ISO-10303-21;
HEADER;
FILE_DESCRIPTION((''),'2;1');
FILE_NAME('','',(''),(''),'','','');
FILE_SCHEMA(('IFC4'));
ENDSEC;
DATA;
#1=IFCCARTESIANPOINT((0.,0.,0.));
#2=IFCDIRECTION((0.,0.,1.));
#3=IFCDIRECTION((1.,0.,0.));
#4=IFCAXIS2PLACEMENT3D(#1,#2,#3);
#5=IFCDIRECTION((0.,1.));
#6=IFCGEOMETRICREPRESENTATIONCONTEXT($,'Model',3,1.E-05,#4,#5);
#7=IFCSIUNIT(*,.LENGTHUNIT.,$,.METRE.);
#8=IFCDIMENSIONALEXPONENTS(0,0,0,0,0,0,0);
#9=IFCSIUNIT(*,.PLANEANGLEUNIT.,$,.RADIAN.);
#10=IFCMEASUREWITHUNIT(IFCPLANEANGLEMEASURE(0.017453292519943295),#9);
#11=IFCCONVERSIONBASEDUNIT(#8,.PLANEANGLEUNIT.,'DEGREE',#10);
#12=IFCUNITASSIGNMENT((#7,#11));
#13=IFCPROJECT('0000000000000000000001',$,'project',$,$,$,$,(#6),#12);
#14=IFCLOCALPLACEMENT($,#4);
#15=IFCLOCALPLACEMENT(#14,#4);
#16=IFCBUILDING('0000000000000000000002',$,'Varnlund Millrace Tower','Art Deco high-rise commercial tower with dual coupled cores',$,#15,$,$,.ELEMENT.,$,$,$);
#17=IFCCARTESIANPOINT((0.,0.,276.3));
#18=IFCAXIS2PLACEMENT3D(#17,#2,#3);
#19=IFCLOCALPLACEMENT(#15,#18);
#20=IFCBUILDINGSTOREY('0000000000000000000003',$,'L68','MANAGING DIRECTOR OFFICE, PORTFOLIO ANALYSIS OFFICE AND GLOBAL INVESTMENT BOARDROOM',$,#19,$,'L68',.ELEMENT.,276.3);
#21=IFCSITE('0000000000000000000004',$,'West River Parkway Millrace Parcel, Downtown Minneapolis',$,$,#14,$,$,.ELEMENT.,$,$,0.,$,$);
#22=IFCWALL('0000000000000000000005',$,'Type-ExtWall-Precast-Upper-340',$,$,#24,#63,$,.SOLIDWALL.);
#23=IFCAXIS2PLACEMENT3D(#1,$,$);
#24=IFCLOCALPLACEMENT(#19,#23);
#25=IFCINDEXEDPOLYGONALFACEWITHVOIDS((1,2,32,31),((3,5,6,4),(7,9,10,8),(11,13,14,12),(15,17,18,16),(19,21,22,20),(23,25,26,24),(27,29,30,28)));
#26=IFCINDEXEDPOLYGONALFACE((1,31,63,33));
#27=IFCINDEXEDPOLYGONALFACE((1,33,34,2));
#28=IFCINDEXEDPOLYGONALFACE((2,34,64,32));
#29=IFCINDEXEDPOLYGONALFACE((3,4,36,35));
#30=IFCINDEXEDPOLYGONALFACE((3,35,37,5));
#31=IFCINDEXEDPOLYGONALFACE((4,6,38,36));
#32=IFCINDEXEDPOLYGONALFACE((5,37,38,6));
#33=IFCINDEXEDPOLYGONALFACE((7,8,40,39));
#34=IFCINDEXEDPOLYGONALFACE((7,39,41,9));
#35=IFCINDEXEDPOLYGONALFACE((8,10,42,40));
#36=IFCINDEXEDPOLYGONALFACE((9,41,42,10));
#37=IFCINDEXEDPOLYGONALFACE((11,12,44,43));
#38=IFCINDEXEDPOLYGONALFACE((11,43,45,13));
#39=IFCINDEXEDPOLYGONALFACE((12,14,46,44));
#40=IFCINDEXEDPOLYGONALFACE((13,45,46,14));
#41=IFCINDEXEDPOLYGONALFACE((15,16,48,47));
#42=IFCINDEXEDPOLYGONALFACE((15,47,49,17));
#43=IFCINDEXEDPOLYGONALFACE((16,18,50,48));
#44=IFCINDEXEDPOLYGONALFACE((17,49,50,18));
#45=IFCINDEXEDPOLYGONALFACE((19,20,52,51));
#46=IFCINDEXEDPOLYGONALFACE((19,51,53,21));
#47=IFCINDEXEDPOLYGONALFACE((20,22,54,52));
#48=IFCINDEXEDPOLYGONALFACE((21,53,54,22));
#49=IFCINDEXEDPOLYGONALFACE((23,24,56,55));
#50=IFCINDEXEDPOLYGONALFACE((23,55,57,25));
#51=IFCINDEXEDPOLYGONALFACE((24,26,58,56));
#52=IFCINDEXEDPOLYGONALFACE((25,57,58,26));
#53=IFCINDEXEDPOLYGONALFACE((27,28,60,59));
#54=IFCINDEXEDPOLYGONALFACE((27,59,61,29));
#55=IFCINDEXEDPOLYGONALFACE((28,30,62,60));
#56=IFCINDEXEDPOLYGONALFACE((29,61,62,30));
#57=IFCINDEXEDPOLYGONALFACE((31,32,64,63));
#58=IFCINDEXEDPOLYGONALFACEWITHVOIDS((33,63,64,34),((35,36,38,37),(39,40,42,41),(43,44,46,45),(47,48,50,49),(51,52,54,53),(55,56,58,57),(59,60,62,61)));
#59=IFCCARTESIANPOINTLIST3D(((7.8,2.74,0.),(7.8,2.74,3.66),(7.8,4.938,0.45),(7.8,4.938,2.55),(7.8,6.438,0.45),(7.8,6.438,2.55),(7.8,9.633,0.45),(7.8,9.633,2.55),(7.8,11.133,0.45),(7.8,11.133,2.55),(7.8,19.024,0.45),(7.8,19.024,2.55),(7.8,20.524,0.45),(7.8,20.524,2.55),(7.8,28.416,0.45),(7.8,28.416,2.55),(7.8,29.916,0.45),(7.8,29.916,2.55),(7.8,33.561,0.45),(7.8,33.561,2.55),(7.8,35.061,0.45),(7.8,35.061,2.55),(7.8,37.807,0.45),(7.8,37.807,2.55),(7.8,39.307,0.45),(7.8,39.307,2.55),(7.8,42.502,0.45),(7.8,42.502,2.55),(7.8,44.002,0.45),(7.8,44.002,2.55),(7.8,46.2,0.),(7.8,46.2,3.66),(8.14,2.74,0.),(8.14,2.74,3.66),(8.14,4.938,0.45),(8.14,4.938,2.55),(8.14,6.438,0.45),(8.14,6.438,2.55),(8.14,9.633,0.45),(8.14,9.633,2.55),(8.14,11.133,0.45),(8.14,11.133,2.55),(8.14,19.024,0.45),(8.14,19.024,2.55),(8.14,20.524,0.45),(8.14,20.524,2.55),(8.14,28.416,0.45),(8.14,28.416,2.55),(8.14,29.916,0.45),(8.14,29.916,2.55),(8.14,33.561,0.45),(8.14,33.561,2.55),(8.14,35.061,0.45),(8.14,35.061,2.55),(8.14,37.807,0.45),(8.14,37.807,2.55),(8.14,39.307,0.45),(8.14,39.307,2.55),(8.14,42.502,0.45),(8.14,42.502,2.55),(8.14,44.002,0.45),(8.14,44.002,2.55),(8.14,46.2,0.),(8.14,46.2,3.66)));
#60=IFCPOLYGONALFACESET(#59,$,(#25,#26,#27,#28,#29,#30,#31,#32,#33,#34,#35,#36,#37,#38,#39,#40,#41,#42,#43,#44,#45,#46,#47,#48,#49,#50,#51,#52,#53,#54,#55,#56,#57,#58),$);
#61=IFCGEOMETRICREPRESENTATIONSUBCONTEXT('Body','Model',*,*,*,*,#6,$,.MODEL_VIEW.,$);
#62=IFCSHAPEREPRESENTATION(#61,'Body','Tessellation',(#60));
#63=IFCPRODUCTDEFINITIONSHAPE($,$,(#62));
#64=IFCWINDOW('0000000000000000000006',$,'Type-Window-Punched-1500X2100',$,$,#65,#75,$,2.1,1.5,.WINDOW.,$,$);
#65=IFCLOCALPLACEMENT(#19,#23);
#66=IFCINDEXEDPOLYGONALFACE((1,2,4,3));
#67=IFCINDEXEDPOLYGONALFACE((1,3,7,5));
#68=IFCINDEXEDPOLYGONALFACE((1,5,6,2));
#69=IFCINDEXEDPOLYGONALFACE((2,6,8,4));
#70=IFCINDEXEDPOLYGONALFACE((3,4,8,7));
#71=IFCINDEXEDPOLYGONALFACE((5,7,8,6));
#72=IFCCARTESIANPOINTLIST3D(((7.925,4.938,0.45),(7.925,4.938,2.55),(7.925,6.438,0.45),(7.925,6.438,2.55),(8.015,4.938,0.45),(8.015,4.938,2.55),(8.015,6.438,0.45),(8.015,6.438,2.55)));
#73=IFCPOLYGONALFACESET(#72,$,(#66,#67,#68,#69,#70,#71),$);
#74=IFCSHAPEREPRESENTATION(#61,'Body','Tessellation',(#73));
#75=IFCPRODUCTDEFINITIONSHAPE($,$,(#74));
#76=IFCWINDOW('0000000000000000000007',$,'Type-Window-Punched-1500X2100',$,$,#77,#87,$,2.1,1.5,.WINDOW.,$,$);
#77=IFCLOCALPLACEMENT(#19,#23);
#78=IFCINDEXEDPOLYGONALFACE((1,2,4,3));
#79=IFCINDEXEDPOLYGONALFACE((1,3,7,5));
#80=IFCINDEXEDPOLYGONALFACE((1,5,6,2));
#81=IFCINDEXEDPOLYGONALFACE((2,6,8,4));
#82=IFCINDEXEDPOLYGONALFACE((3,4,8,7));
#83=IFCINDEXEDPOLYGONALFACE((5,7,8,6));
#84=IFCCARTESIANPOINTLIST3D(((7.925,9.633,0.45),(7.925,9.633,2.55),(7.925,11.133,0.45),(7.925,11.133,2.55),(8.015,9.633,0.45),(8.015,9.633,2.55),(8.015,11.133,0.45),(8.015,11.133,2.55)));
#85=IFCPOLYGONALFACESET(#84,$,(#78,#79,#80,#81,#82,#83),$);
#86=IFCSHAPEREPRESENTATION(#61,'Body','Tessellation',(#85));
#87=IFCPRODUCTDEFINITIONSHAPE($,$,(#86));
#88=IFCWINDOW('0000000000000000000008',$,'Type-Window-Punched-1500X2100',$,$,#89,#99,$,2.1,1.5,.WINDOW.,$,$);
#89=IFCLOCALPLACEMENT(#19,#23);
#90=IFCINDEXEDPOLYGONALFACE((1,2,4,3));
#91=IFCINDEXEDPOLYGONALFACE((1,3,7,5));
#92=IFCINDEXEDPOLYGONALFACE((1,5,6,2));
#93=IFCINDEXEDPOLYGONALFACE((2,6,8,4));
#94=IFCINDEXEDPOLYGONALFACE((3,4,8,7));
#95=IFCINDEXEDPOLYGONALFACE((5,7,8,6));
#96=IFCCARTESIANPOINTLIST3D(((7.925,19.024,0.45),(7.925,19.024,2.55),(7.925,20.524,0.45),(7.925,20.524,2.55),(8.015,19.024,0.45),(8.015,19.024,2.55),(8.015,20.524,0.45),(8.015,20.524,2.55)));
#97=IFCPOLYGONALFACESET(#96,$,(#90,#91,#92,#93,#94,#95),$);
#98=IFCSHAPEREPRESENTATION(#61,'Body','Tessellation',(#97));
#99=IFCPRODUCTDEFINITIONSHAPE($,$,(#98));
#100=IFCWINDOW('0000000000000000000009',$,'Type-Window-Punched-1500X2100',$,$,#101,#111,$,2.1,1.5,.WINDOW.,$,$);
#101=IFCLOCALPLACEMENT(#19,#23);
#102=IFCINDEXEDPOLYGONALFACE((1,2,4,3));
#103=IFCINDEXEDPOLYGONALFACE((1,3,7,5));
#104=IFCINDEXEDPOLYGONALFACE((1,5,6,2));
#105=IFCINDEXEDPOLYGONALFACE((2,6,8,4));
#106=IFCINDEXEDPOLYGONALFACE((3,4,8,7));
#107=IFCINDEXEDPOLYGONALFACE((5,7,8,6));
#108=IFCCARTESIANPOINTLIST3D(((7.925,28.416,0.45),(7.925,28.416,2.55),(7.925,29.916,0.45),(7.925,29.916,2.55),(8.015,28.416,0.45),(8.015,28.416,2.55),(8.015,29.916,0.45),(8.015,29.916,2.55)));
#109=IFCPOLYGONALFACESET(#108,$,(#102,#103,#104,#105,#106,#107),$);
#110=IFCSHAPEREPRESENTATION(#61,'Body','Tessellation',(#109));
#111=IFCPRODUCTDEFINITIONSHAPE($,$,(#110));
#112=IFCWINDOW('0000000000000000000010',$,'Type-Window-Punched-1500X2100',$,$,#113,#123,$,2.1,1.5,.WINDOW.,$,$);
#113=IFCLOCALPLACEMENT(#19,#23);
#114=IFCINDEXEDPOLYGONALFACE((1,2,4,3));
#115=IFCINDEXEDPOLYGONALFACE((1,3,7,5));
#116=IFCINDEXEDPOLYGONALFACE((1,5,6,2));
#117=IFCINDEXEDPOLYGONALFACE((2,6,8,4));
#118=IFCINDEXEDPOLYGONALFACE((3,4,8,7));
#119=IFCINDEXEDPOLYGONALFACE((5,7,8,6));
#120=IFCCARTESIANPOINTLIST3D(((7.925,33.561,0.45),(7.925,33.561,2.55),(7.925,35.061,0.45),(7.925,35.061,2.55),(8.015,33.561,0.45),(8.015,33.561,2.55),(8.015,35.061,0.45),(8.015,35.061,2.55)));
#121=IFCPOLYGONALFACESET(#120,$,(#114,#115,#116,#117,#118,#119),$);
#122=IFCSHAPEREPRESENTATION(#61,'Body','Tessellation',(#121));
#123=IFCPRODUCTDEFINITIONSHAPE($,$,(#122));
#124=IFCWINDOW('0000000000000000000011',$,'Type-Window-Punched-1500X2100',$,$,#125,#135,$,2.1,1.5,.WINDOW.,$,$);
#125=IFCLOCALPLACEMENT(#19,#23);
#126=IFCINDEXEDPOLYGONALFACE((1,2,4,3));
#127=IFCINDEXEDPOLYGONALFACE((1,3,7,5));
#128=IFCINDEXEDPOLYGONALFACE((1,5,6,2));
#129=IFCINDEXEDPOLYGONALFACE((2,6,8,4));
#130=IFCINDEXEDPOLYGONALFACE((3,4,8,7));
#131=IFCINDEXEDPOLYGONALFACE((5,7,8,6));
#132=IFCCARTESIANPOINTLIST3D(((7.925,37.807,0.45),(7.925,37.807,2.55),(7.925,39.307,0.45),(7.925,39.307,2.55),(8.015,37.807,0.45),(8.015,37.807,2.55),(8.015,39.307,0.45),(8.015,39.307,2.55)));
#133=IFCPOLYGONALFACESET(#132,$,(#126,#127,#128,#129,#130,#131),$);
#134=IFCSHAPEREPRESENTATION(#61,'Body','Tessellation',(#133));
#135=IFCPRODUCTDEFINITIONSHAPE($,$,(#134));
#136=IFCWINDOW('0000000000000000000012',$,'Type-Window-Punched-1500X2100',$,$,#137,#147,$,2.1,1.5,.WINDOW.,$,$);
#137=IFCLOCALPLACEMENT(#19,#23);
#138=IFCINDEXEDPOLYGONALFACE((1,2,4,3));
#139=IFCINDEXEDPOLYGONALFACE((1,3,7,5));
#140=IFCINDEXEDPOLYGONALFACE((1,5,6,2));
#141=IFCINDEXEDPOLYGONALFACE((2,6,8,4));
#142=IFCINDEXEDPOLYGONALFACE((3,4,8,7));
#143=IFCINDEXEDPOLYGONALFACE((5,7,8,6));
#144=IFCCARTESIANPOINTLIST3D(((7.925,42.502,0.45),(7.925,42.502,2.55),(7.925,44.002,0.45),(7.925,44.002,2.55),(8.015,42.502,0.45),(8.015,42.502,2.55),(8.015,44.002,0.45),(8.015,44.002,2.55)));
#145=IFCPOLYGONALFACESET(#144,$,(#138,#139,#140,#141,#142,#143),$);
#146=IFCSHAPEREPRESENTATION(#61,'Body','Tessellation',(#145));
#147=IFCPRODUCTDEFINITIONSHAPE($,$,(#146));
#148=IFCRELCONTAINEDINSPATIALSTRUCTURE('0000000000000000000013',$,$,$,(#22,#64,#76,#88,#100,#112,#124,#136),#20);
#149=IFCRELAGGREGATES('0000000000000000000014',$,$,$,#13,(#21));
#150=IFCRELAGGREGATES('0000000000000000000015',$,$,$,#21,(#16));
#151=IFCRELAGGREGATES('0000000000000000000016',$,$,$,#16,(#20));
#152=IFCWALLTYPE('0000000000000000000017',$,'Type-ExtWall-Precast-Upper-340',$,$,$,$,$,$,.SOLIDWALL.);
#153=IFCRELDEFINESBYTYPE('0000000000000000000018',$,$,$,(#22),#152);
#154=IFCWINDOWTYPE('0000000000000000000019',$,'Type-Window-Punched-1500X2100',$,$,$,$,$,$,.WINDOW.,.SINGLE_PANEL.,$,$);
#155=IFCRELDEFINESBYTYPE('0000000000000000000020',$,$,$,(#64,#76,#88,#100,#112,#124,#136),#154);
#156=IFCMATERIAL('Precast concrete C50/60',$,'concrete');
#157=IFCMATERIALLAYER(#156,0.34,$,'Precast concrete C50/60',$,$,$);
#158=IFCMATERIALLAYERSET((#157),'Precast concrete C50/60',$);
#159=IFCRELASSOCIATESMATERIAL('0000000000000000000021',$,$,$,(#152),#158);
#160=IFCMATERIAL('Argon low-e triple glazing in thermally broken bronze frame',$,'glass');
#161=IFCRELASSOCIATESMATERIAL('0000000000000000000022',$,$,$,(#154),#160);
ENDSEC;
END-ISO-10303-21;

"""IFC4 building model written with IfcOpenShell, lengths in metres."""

from ifc_helpers import new_model, entity, si_unit, converted_unit, direction, frame, origin_with_axes, origin_2d_with_axis, place, context, subcontext, project, spatial, polyline, rectangle, outline, extrude, material, layer, layer_set, type_object, element, fill, save


model = new_model("IFC4")

# Units and contexts
model_context = context("Model", 3, precision=1e-05, world=origin_with_axes(), true_north=direction((0.0, 1.0)))
body_context = subcontext(model_context, "Body", "Model", "MODEL_VIEW")
ifc_project = project(units=[si_unit("LENGTHUNIT", "METRE"), converted_unit("PLANEANGLEUNIT", "DEGREE", entity("IfcPlaneAngleMeasure", 0.017453292519943295), si_unit("PLANEANGLEUNIT", "RADIAN"), dimensions=[0, 0, 0, 0, 0, 0, 0])], contexts=[model_context])

# Site, building, storey
site_placement = place(None, origin_with_axes())
site = spatial("IfcSite", under=ifc_project, at=site_placement, Name="West River Parkway Millrace Parcel, Downtown Minneapolis", CompositionType="ELEMENT", RefElevation=0.0)
building_placement = place(site_placement, origin_with_axes())
building = spatial("IfcBuilding", under=site, at=building_placement, Name="Varnlund Millrace Tower", Description="Art Deco high-rise commercial tower with dual coupled cores", CompositionType="ELEMENT")
storey_placement = place(building_placement, frame((0.0, 0.0, 276.3), z_axis=(0.0, 0.0, 1.0), x_axis=(1.0, 0.0, 0.0)))
storey = spatial("IfcBuildingStorey", under=building, at=storey_placement, Name="L68", Description="MANAGING DIRECTOR OFFICE, PORTFOLIO ANALYSIS OFFICE AND GLOBAL INVESTMENT BOARDROOM", LongName="L68", CompositionType="ELEMENT", Elevation=276.3)

# Shared definitions
ifc_material_1 = material(Name="Precast concrete C50/60", Category="concrete")
ifc_layer_1 = layer(ifc_material_1, 0.34, Name="Precast concrete C50/60")
ifc_layer_set_1 = layer_set([ifc_layer_1], Name="Precast concrete C50/60")
wall_type_1 = type_object("IfcWallType", Name="Type-ExtWall-Precast-Upper-340", PredefinedType="SOLIDWALL", material=ifc_layer_set_1)

# Wall, openings, windows
wall_1_placement = place(storey_placement, frame((7.97, 2.74, 0.0), z_axis=(0.0, 0.0, 1.0), x_axis=(0.0, 1.0, 0.0)))
wall_1 = element("IfcWall", 1, at=wall_1_placement, inside=storey, type_object=wall_type_1, Name="Type-ExtWall-Precast-Upper-340", PredefinedType="SOLIDWALL", context=body_context, shape_type="SweptSolid", body=[
    extrude(outline(polyline([(0.0, -0.17), (43.46, -0.17), (43.46, 0.17), (0.0, 0.17), (0.0, -0.17)])), origin_with_axes(), (0.0, 0.0, 1.0), 3.66),
])
opening_1_placement = place(wall_1_placement, frame((2.948, 0.0, 0.45), z_axis=(0.0, 0.0, 1.0), x_axis=(1.0, 0.0, 0.0)))
opening_1 = element("IfcOpeningElement", 2, at=opening_1_placement, cuts=wall_1, PredefinedType="OPENING", context=body_context, shape_type="SweptSolid", body=[
    extrude(rectangle(XDim=1.5, YDim=0.36, at=origin_2d_with_axis()), origin_with_axes(), (0.0, 0.0, 1.0), 2.1),
])
opening_2_placement = place(wall_1_placement, frame((7.643, 0.0, 0.45), z_axis=(0.0, 0.0, 1.0), x_axis=(1.0, 0.0, 0.0)))
opening_2 = element("IfcOpeningElement", 3, at=opening_2_placement, cuts=wall_1, PredefinedType="OPENING", context=body_context, shape_type="SweptSolid", body=[
    extrude(rectangle(XDim=1.5, YDim=0.36, at=origin_2d_with_axis()), origin_with_axes(), (0.0, 0.0, 1.0), 2.1),
])
opening_3_placement = place(wall_1_placement, frame((17.034, 0.0, 0.45), z_axis=(0.0, 0.0, 1.0), x_axis=(1.0, 0.0, 0.0)))
opening_3 = element("IfcOpeningElement", 4, at=opening_3_placement, cuts=wall_1, PredefinedType="OPENING", context=body_context, shape_type="SweptSolid", body=[
    extrude(rectangle(XDim=1.5, YDim=0.36, at=origin_2d_with_axis()), origin_with_axes(), (0.0, 0.0, 1.0), 2.1),
])
opening_4_placement = place(wall_1_placement, frame((26.426, 0.0, 0.45), z_axis=(0.0, 0.0, 1.0), x_axis=(1.0, 0.0, 0.0)))
opening_4 = element("IfcOpeningElement", 5, at=opening_4_placement, cuts=wall_1, PredefinedType="OPENING", context=body_context, shape_type="SweptSolid", body=[
    extrude(rectangle(XDim=1.5, YDim=0.36, at=origin_2d_with_axis()), origin_with_axes(), (0.0, 0.0, 1.0), 2.1),
])
opening_5_placement = place(wall_1_placement, frame((31.571, 0.0, 0.45), z_axis=(0.0, 0.0, 1.0), x_axis=(1.0, 0.0, 0.0)))
opening_5 = element("IfcOpeningElement", 6, at=opening_5_placement, cuts=wall_1, PredefinedType="OPENING", context=body_context, shape_type="SweptSolid", body=[
    extrude(rectangle(XDim=1.5, YDim=0.36, at=origin_2d_with_axis()), origin_with_axes(), (0.0, 0.0, 1.0), 2.1),
])
opening_6_placement = place(wall_1_placement, frame((35.817, 0.0, 0.45), z_axis=(0.0, 0.0, 1.0), x_axis=(1.0, 0.0, 0.0)))
opening_6 = element("IfcOpeningElement", 7, at=opening_6_placement, cuts=wall_1, PredefinedType="OPENING", context=body_context, shape_type="SweptSolid", body=[
    extrude(rectangle(XDim=1.5, YDim=0.36, at=origin_2d_with_axis()), origin_with_axes(), (0.0, 0.0, 1.0), 2.1),
])
opening_7_placement = place(wall_1_placement, frame((40.512, 0.0, 0.45), z_axis=(0.0, 0.0, 1.0), x_axis=(1.0, 0.0, 0.0)))
opening_7 = element("IfcOpeningElement", 8, at=opening_7_placement, cuts=wall_1, PredefinedType="OPENING", context=body_context, shape_type="SweptSolid", body=[
    extrude(rectangle(XDim=1.5, YDim=0.36, at=origin_2d_with_axis()), origin_with_axes(), (0.0, 0.0, 1.0), 2.1),
])
ifc_material_2 = material(Name="Argon low-e triple glazing in thermally broken bronze frame", Category="glass")
window_type = type_object("IfcWindowType", Name="Type-Window-Punched-1500X2100", PartitioningType="SINGLE_PANEL", PredefinedType="WINDOW", material=ifc_material_2)
window_1_placement = place(wall_1_placement, frame((2.948, 0.0, 0.45), z_axis=(0.0, 0.0, 1.0), x_axis=(1.0, 0.0, 0.0)))
window_1 = element("IfcWindow", 9, at=window_1_placement, inside=storey, type_object=window_type, Name="Type-Window-Punched-1500X2100", OverallHeight=2.1, OverallWidth=1.5, PredefinedType="WINDOW", context=body_context, shape_type="SweptSolid", body=[
    extrude(rectangle(XDim=1.5, YDim=0.09, at=origin_2d_with_axis()), origin_with_axes(), (0.0, 0.0, 1.0), 2.1),
])
fill(opening_1, window_1)
window_2_placement = place(wall_1_placement, frame((7.643, 0.0, 0.45), z_axis=(0.0, 0.0, 1.0), x_axis=(1.0, 0.0, 0.0)))
window_2 = element("IfcWindow", 10, at=window_2_placement, inside=storey, type_object=window_type, Name="Type-Window-Punched-1500X2100", OverallHeight=2.1, OverallWidth=1.5, PredefinedType="WINDOW", context=body_context, shape_type="SweptSolid", body=[
    extrude(rectangle(XDim=1.5, YDim=0.09, at=origin_2d_with_axis()), origin_with_axes(), (0.0, 0.0, 1.0), 2.1),
])
fill(opening_2, window_2)
window_3_placement = place(wall_1_placement, frame((17.034, 0.0, 0.45), z_axis=(0.0, 0.0, 1.0), x_axis=(1.0, 0.0, 0.0)))
window_3 = element("IfcWindow", 11, at=window_3_placement, inside=storey, type_object=window_type, Name="Type-Window-Punched-1500X2100", OverallHeight=2.1, OverallWidth=1.5, PredefinedType="WINDOW", context=body_context, shape_type="SweptSolid", body=[
    extrude(rectangle(XDim=1.5, YDim=0.09, at=origin_2d_with_axis()), origin_with_axes(), (0.0, 0.0, 1.0), 2.1),
])
fill(opening_3, window_3)
window_4_placement = place(wall_1_placement, frame((26.426, 0.0, 0.45), z_axis=(0.0, 0.0, 1.0), x_axis=(1.0, 0.0, 0.0)))
window_4 = element("IfcWindow", 12, at=window_4_placement, inside=storey, type_object=window_type, Name="Type-Window-Punched-1500X2100", OverallHeight=2.1, OverallWidth=1.5, PredefinedType="WINDOW", context=body_context, shape_type="SweptSolid", body=[
    extrude(rectangle(XDim=1.5, YDim=0.09, at=origin_2d_with_axis()), origin_with_axes(), (0.0, 0.0, 1.0), 2.1),
])
fill(opening_4, window_4)
window_5_placement = place(wall_1_placement, frame((31.571, 0.0, 0.45), z_axis=(0.0, 0.0, 1.0), x_axis=(1.0, 0.0, 0.0)))
window_5 = element("IfcWindow", 13, at=window_5_placement, inside=storey, type_object=window_type, Name="Type-Window-Punched-1500X2100", OverallHeight=2.1, OverallWidth=1.5, PredefinedType="WINDOW", context=body_context, shape_type="SweptSolid", body=[
    extrude(rectangle(XDim=1.5, YDim=0.09, at=origin_2d_with_axis()), origin_with_axes(), (0.0, 0.0, 1.0), 2.1),
])
fill(opening_5, window_5)
window_6_placement = place(wall_1_placement, frame((35.817, 0.0, 0.45), z_axis=(0.0, 0.0, 1.0), x_axis=(1.0, 0.0, 0.0)))
window_6 = element("IfcWindow", 14, at=window_6_placement, inside=storey, type_object=window_type, Name="Type-Window-Punched-1500X2100", OverallHeight=2.1, OverallWidth=1.5, PredefinedType="WINDOW", context=body_context, shape_type="SweptSolid", body=[
    extrude(rectangle(XDim=1.5, YDim=0.09, at=origin_2d_with_axis()), origin_with_axes(), (0.0, 0.0, 1.0), 2.1),
])
fill(opening_6, window_6)
window_7_placement = place(wall_1_placement, frame((40.512, 0.0, 0.45), z_axis=(0.0, 0.0, 1.0), x_axis=(1.0, 0.0, 0.0)))
window_7 = element("IfcWindow", 15, at=window_7_placement, inside=storey, type_object=window_type, Name="Type-Window-Punched-1500X2100", OverallHeight=2.1, OverallWidth=1.5, PredefinedType="WINDOW", context=body_context, shape_type="SweptSolid", body=[
    extrude(rectangle(XDim=1.5, YDim=0.09, at=origin_2d_with_axis()), origin_with_axes(), (0.0, 0.0, 1.0), 2.1),
])
fill(opening_7, window_7)

save(model, "model.ifc")
